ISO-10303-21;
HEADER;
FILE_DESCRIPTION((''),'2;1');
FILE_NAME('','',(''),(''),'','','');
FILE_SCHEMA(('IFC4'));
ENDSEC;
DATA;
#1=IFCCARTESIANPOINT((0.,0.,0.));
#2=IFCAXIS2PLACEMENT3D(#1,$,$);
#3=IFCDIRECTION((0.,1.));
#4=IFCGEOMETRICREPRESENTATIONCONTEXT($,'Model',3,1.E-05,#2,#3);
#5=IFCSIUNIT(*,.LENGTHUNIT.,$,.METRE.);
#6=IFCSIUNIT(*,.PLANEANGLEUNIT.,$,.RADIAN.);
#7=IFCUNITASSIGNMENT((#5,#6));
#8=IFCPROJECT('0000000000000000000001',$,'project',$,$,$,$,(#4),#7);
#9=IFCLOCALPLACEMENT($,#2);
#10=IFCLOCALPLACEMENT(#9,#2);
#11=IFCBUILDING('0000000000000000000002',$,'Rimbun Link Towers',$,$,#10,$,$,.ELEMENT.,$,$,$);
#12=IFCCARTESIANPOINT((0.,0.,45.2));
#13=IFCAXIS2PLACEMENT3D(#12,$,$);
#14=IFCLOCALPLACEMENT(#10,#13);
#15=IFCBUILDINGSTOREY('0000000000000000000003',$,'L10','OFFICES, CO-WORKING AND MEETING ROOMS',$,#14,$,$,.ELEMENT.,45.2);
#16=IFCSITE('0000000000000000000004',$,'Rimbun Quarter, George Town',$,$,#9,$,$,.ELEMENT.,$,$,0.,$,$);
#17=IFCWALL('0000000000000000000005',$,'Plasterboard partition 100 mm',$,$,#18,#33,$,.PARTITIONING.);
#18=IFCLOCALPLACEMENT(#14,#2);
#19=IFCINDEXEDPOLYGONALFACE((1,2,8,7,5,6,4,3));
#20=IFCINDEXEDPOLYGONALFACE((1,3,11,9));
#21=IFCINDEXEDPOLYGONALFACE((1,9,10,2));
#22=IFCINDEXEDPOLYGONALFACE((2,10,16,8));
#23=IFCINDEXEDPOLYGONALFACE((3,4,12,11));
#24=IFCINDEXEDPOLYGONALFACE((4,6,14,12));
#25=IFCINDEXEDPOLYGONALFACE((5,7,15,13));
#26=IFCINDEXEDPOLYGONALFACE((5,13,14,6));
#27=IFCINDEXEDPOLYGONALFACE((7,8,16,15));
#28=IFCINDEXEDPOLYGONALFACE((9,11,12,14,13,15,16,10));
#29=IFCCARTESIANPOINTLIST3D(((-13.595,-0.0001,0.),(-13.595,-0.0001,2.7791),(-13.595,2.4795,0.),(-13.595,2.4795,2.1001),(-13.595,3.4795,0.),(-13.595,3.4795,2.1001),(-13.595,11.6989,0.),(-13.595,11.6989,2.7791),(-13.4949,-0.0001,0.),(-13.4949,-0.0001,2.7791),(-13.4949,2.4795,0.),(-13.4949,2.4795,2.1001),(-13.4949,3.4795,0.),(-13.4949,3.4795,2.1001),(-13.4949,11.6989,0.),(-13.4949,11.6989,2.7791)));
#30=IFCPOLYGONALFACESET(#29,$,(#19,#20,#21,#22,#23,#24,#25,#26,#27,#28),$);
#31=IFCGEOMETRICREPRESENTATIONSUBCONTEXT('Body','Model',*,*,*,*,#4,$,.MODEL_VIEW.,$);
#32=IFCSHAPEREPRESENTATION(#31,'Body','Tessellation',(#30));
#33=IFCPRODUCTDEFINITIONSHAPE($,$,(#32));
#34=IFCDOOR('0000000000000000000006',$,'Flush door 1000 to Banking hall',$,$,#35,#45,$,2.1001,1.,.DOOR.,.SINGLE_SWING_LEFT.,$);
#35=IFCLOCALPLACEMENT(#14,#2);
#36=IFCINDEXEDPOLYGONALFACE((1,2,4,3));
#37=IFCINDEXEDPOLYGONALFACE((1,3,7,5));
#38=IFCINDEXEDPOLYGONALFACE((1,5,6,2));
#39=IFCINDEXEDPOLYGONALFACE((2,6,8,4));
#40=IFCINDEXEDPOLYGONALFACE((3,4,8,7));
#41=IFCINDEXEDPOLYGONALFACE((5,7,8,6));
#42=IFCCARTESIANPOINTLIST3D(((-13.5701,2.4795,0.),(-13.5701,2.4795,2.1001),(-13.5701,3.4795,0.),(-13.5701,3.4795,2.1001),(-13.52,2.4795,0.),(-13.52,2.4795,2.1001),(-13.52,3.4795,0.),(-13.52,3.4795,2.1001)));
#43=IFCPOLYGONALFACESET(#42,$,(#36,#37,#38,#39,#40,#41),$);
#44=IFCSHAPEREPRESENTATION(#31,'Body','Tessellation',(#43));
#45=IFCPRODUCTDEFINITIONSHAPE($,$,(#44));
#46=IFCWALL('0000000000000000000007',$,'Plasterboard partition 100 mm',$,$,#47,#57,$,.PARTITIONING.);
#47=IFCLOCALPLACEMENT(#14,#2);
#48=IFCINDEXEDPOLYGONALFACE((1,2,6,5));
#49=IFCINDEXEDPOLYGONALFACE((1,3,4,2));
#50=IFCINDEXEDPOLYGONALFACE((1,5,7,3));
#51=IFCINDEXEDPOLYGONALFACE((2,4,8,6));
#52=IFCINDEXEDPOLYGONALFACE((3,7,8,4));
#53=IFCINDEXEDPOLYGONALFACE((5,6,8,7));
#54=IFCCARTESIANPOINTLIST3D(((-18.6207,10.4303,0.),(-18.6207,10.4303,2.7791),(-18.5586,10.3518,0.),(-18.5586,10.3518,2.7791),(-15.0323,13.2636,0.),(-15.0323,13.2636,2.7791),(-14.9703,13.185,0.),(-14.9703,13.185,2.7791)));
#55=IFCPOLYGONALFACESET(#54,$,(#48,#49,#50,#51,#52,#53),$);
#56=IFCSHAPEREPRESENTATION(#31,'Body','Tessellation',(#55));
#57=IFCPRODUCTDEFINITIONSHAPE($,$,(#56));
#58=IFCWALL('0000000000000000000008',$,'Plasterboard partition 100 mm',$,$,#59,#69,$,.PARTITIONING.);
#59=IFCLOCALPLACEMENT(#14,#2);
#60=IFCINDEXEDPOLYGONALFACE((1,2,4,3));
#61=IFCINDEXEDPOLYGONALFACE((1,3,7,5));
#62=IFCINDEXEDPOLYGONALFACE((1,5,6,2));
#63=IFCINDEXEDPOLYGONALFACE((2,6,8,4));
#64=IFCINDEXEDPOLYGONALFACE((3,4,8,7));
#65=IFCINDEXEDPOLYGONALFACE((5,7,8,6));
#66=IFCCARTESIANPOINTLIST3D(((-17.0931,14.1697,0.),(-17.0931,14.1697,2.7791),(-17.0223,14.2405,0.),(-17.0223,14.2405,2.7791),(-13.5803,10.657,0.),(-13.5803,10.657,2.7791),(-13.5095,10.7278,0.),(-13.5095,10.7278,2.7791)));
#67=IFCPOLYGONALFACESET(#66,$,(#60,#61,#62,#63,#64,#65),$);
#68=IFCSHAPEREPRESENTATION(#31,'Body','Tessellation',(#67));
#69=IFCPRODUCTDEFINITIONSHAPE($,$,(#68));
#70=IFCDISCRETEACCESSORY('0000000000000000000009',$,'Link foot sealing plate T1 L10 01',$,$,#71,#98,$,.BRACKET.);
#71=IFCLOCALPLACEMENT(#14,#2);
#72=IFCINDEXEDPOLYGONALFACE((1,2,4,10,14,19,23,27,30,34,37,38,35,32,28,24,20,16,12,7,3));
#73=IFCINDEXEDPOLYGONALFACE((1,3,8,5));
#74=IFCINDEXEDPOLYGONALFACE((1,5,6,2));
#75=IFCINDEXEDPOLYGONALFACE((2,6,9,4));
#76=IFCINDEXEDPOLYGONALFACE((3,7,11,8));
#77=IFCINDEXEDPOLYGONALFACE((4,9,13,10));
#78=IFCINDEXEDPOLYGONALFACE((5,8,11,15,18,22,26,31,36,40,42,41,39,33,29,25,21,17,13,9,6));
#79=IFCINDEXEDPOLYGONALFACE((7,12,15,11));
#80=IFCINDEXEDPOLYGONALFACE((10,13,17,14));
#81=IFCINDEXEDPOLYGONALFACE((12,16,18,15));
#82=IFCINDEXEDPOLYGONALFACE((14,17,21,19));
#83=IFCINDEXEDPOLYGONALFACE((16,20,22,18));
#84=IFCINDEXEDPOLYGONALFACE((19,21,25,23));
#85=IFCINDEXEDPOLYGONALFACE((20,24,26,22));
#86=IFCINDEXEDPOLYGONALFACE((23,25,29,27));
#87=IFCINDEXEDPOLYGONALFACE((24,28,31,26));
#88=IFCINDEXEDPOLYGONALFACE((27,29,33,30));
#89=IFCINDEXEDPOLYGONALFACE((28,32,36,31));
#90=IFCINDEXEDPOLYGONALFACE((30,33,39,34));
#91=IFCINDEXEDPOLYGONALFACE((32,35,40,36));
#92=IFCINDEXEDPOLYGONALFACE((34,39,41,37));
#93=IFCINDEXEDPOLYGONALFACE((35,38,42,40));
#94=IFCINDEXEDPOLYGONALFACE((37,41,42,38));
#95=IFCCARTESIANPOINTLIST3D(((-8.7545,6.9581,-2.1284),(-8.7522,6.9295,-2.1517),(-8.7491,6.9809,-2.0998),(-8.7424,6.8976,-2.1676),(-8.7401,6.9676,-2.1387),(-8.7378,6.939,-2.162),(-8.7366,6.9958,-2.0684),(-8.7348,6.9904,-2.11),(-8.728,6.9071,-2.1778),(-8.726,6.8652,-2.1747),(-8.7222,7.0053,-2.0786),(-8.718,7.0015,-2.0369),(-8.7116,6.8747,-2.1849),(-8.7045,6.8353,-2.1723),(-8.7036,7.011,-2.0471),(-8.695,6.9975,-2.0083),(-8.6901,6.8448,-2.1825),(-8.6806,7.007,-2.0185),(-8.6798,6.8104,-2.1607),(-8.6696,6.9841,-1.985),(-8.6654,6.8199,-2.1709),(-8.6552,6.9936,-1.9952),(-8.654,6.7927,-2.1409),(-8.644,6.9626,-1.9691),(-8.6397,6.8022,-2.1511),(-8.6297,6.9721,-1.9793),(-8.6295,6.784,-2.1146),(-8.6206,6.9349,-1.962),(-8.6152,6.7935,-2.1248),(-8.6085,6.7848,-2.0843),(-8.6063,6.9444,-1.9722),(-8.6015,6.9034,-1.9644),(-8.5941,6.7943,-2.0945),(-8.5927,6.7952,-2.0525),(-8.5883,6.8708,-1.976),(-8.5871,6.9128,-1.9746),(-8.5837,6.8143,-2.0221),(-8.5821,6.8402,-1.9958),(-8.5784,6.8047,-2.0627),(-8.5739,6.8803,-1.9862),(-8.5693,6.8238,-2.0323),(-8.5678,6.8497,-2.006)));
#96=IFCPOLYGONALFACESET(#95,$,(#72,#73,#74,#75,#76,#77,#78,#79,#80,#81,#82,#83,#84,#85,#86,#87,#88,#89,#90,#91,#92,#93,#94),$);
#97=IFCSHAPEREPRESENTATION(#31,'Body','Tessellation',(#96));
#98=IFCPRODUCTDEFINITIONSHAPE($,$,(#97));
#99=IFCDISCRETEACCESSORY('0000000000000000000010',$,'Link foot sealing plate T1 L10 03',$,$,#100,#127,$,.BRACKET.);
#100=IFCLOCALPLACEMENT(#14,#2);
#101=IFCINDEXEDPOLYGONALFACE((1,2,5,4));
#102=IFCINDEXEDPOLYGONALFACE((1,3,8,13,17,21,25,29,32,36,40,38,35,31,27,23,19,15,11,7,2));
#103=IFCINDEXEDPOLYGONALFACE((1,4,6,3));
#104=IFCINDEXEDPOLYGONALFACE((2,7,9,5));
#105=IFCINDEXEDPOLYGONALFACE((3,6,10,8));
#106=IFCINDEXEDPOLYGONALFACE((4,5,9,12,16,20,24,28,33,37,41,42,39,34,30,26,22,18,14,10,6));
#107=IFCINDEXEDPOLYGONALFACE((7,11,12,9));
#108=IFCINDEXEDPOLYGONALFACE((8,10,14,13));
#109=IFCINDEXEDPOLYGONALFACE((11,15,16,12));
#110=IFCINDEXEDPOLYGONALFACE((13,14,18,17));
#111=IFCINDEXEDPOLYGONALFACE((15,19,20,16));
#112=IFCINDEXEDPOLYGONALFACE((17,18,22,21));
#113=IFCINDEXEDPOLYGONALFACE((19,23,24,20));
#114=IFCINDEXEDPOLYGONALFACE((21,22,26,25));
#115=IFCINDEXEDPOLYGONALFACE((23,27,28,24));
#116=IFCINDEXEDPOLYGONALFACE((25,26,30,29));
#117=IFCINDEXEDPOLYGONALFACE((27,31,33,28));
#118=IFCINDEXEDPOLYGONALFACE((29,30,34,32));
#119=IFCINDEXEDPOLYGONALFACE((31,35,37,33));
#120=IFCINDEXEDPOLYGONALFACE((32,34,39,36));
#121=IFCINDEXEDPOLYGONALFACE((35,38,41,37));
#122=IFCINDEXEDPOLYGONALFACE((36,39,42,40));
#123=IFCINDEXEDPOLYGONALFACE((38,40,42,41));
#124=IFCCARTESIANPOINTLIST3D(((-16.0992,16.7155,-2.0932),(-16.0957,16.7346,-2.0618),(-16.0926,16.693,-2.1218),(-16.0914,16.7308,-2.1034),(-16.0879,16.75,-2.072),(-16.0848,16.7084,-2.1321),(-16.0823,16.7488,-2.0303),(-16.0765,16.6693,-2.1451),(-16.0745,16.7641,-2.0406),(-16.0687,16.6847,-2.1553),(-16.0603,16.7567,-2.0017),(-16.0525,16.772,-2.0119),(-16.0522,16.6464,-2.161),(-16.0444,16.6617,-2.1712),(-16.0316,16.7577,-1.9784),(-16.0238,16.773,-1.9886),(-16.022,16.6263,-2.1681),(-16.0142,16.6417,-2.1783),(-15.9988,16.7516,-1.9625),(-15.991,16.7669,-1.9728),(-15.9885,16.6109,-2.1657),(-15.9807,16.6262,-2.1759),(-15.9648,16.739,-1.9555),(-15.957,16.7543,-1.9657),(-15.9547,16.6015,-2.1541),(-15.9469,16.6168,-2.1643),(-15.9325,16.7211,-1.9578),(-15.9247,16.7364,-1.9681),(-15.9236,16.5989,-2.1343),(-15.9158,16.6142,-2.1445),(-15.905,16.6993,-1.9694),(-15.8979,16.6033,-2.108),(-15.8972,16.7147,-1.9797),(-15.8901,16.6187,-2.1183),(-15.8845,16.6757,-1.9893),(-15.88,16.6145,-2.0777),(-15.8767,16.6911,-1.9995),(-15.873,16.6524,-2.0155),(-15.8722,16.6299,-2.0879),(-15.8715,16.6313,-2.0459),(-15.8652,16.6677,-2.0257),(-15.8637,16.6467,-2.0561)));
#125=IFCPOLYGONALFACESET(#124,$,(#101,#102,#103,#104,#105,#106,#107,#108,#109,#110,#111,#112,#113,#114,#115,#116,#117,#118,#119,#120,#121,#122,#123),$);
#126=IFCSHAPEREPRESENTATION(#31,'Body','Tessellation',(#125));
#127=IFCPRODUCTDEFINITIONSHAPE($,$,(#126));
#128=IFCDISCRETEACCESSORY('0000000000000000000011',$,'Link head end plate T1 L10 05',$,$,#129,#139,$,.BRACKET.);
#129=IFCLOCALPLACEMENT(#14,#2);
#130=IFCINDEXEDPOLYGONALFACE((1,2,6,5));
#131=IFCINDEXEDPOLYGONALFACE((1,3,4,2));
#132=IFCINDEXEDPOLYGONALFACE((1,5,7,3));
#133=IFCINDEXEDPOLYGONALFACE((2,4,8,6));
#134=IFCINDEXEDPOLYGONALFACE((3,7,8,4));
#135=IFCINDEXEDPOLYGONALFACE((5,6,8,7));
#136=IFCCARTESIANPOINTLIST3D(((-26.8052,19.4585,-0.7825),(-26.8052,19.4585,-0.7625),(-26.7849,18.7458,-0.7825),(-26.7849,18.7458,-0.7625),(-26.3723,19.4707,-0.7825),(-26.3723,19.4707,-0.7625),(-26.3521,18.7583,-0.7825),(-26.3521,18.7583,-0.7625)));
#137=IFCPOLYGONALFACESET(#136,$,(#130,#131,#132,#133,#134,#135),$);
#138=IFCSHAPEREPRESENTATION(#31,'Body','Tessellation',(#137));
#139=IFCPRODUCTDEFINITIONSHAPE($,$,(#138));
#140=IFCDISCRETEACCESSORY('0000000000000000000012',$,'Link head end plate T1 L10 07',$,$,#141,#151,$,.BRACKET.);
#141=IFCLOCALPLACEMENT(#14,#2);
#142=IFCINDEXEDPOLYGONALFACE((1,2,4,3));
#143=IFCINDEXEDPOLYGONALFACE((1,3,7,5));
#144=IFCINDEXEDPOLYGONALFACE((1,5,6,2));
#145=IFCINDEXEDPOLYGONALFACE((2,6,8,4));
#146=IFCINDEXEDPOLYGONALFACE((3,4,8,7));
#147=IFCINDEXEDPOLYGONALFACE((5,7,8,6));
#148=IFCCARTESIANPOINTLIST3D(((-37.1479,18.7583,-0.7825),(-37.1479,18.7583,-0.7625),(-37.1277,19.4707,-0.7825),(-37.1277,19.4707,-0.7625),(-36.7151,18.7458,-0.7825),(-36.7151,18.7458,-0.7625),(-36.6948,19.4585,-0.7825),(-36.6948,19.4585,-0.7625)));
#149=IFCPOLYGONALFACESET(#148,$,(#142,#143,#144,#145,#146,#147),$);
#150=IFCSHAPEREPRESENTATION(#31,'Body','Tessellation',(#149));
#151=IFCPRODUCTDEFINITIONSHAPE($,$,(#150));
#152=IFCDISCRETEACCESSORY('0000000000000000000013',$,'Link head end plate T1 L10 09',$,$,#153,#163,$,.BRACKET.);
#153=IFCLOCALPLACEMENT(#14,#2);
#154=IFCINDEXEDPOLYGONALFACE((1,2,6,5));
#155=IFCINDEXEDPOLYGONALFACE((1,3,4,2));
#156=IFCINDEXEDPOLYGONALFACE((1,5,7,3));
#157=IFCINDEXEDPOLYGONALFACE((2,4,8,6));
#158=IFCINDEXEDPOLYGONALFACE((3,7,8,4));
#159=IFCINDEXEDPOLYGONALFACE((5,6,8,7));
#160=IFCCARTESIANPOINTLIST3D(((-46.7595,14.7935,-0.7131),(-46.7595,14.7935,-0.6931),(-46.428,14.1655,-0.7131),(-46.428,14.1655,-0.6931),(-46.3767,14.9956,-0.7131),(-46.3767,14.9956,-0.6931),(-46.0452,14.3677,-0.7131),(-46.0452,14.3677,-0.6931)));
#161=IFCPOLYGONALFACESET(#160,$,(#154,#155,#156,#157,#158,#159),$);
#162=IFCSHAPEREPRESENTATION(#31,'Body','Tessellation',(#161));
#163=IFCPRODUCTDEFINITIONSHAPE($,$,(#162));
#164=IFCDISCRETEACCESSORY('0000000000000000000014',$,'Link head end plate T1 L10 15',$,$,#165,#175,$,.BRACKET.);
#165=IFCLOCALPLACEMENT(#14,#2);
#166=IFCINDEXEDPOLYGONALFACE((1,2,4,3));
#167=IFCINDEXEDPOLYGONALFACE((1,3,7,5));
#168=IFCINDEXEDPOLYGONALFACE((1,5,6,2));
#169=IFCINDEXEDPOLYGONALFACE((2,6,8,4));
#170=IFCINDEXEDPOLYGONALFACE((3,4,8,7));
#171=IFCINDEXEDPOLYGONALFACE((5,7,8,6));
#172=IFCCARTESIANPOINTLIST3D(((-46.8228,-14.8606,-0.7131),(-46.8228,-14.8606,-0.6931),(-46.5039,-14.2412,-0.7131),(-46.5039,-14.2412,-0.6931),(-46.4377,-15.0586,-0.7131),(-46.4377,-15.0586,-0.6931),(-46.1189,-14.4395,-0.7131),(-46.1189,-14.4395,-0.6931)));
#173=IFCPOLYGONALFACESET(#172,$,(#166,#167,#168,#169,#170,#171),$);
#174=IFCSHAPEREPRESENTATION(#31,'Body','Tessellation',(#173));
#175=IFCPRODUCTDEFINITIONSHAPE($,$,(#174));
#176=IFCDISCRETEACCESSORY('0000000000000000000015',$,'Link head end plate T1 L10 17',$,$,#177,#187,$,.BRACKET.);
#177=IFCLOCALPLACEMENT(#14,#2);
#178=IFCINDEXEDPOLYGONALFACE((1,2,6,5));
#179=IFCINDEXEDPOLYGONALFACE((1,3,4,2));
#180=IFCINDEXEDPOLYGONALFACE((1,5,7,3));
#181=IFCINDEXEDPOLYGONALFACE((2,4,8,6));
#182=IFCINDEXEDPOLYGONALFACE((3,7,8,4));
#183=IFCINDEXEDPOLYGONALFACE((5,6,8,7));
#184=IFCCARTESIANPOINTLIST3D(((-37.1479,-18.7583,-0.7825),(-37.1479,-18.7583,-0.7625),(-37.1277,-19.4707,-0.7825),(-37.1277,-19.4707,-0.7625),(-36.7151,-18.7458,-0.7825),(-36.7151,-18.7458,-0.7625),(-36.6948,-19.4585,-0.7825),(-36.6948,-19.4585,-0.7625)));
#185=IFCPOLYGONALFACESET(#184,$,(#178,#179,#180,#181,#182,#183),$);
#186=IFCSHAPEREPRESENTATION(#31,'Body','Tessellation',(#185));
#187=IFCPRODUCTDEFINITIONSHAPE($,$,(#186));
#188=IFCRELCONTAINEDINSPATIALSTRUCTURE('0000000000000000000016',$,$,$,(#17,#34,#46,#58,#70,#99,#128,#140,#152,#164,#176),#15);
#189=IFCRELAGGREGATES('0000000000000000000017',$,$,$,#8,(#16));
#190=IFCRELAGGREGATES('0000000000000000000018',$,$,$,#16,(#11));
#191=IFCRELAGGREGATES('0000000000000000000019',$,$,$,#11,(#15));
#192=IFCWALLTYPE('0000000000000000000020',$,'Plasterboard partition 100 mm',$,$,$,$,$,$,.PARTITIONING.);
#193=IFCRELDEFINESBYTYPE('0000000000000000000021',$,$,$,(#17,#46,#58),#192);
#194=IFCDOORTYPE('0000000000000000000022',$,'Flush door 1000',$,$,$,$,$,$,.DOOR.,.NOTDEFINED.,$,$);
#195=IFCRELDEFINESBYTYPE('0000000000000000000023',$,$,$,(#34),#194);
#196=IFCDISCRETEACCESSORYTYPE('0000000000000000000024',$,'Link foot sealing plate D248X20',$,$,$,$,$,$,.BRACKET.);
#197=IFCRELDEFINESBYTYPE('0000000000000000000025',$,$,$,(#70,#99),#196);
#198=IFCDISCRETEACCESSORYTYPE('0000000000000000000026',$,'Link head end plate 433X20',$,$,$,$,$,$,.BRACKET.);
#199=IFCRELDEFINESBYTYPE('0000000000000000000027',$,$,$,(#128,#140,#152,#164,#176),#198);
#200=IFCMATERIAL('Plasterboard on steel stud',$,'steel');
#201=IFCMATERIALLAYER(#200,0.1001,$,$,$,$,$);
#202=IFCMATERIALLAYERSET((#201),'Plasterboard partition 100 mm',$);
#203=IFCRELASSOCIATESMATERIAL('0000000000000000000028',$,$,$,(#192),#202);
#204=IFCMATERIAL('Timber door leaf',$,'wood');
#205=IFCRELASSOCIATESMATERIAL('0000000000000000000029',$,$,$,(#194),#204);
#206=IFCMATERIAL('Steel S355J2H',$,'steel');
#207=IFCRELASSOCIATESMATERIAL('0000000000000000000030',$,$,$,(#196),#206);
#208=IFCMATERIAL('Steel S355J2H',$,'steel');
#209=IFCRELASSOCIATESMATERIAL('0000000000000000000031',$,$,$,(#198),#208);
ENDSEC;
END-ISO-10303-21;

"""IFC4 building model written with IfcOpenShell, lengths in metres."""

from ifc_helpers import new_model, si_unit, direction, frame, frame_2d, origin, origin_2d, place, context, subcontext, project, spatial, polyline, rectangle, circle, outline, extrude, material, layer, layer_set, material_profile, profile_set, type_object, element, fill, save


model = new_model("IFC4")

# Units and contexts
model_context = context("Model", 3, precision=1e-05, world=origin(), true_north=direction((0.0, 1.0)))
body_context = subcontext(model_context, "Body", "Model", "MODEL_VIEW")
ifc_project = project(units=[si_unit("LENGTHUNIT", "METRE"), si_unit("PLANEANGLEUNIT", "RADIAN")], contexts=[model_context])

# Site, building, storey
site_placement = place(None, origin())
site = spatial("IfcSite", under=ifc_project, at=site_placement, Name="Rimbun Quarter, George Town", CompositionType="ELEMENT", RefElevation=0.0)
building_placement = place(site_placement, origin())
building = spatial("IfcBuilding", under=site, at=building_placement, Name="Rimbun Link Towers", CompositionType="ELEMENT")
storey_placement = place(building_placement, frame((0.0, 0.0, 45.2)))
storey = spatial("IfcBuildingStorey", under=building, at=storey_placement, Name="L10", Description="OFFICES, CO-WORKING AND MEETING ROOMS", CompositionType="ELEMENT", Elevation=45.2)

# Wall, opening, door
ifc_material_1 = material(Name="Plasterboard on steel stud", Category="steel")
ifc_layer_1 = layer(ifc_material_1, 0.1001)
ifc_layer_set_1 = layer_set([ifc_layer_1], Name="Plasterboard partition 100 mm")
wall_type = type_object("IfcWallType", Name="Plasterboard partition 100 mm", PredefinedType="PARTITIONING", material=ifc_layer_set_1)
wall_1_placement = place(storey_placement, frame((-13.5449, 11.699, 0.0), z_axis=(0.0, 0.0, 1.0), x_axis=(0.0, -1.0, 0.0)))
wall_1 = element("IfcWall", 1, at=wall_1_placement, inside=storey, type_object=wall_type, Name="Plasterboard partition 100 mm", PredefinedType="PARTITIONING", context=body_context, shape_type="SweptSolid", body=[
    extrude(rectangle(XDim=11.699, YDim=0.1001, at=frame_2d((5.8496, 0.0))), origin(), (0.0, 0.0, 1.0), 2.7791),
])
opening_placement = place(wall_1_placement, frame((8.2195, 0.0, 0.0)))
opening = element("IfcOpeningElement", 2, at=opening_placement, cuts=wall_1, PredefinedType="OPENING", context=body_context, shape_type="SweptSolid", body=[
    extrude(rectangle(XDim=1.0, YDim=2.1001, at=frame_2d((0.5, 1.05))), frame((0.0, 0.0601, 0.0), z_axis=(0.0, -1.0, 0.0), x_axis=(1.0, 0.0, 0.0)), (0.0, 0.0, 1.0), 0.1201),
])
ifc_material_2 = material(Name="Timber door leaf", Category="wood")
door_type = type_object("IfcDoorType", Name="Flush door 1000", OperationType="NOTDEFINED", PredefinedType="DOOR", material=ifc_material_2)
door_placement = place(opening_placement, origin())
door = element("IfcDoor", 3, at=door_placement, inside=storey, type_object=door_type, Name="Flush door 1000 to Banking hall", OperationType="SINGLE_SWING_LEFT", OverallHeight=2.1001, OverallWidth=1.0, PredefinedType="DOOR", context=body_context, shape_type="SweptSolid", body=[
    extrude(rectangle(XDim=1.0, YDim=2.1001, at=frame_2d((0.5, 1.05))), frame((0.0, 0.0249, 0.0), z_axis=(0.0, -1.0, 0.0), x_axis=(1.0, 0.0, 0.0)), (0.0, 0.0, 1.0), 0.05),
])
fill(opening, door)

# Walls
wall_2_placement = place(storey_placement, frame((-15.0012, 13.2244, 0.0), z_axis=(0.0, 0.0, 1.0), x_axis=(-0.784849, -0.619688, 0.0)))
element("IfcWall", 4, at=wall_2_placement, inside=storey, type_object=wall_type, Name="Plasterboard partition 100 mm", PredefinedType="PARTITIONING", context=body_context, shape_type="SweptSolid", body=[
    extrude(rectangle(XDim=4.572, YDim=0.1001, at=frame_2d((2.2861, 0.0))), origin(), (0.0, 0.0, 1.0), 2.7791),
])
wall_3_placement = place(storey_placement, frame((-13.5449, 10.6924, 0.0), z_axis=(0.0, 0.0, 1.0), x_axis=(-0.707107, 0.707107, 0.0)))
element("IfcWall", 5, at=wall_3_placement, inside=storey, type_object=wall_type, Name="Plasterboard partition 100 mm", PredefinedType="PARTITIONING", context=body_context, shape_type="SweptSolid", body=[
    extrude(rectangle(XDim=4.9678, YDim=0.1001, at=frame_2d((2.4839, 0.0))), origin(), (0.0, 0.0, 1.0), 2.7791),
])

# Discrete accessories
ifc_material_3 = material(Name="Steel S355J2H", Category="steel")
ifc_material_profile_1 = material_profile(ifc_material_3, circle(Radius=0.124, at=origin_2d()), Name="PL D248")
ifc_profile_set_1 = profile_set([ifc_material_profile_1], Name="Steel S355J2H")
discrete_accessory_type_1 = type_object("IfcDiscreteAccessoryType", Name="Link foot sealing plate D248X20", PredefinedType="BRACKET", material=ifc_profile_set_1)
for number, where, z_axis, x_axis, name in (
    (6, (-8.6682, 6.8923, -2.0684), (0.717276, 0.474131, -0.510603), (-0.551433, 0.834219, 0.0), "Link foot sealing plate T1 L10 01"),
    (7, (-15.9851, 16.6785, -2.0618), (0.38929, 0.766414, -0.510943), (-0.891579, 0.452865, 0.0), "Link foot sealing plate T1 L10 03"),
):
    element("IfcDiscreteAccessory", number, at=place(storey_placement, frame(where, z_axis=z_axis, x_axis=x_axis)), inside=storey, type_object=discrete_accessory_type_1, Name=name, PredefinedType="BRACKET", context=body_context, shape_type="SweptSolid", body=[
        extrude(circle(Radius=0.124, at=origin_2d()), origin(), (0.0, 0.0, 1.0), 0.02),
    ])
ifc_material_4 = material(Name="Steel S355J2H", Category="steel")
ifc_material_profile_2 = material_profile(ifc_material_4, rectangle(XDim=0.4331, YDim=0.4331, at=origin_2d()), Name="PL 433x433")
ifc_profile_set_2 = profile_set([ifc_material_profile_2], Name="Steel S355J2H")
discrete_accessory_type_2 = type_object("IfcDiscreteAccessoryType", Name="Link head end plate 433X20", PredefinedType="BRACKET", material=ifc_profile_set_2)
discrete_accessory_1_placement = place(storey_placement, frame((0.0, 0.0, -0.7825)))
element("IfcDiscreteAccessory", 8, at=discrete_accessory_1_placement, inside=storey, type_object=discrete_accessory_type_2, Name="Link head end plate T1 L10 05", PredefinedType="BRACKET", context=body_context, shape_type="SweptSolid", body=[
    extrude(outline(polyline([(-26.3521, 18.7583), (-26.3723, 19.4707), (-26.8052, 19.4585), (-26.7849, 18.7458), (-26.3521, 18.7583)])), origin(), (0.0, 0.0, 1.0), 0.02),
])
discrete_accessory_2_placement = place(storey_placement, frame((0.0, 0.0, -0.7825)))
element("IfcDiscreteAccessory", 9, at=discrete_accessory_2_placement, inside=storey, type_object=discrete_accessory_type_2, Name="Link head end plate T1 L10 07", PredefinedType="BRACKET", context=body_context, shape_type="SweptSolid", body=[
    extrude(outline(polyline([(-36.7151, 18.7458), (-36.6948, 19.4585), (-37.1277, 19.4707), (-37.1479, 18.7583), (-36.7151, 18.7458)])), origin(), (0.0, 0.0, 1.0), 0.02),
])
discrete_accessory_3_placement = place(storey_placement, frame((0.0, 0.0, -0.7131)))
element("IfcDiscreteAccessory", 10, at=discrete_accessory_3_placement, inside=storey, type_object=discrete_accessory_type_2, Name="Link head end plate T1 L10 09", PredefinedType="BRACKET", context=body_context, shape_type="SweptSolid", body=[
    extrude(outline(polyline([(-46.0452, 14.3677), (-46.3767, 14.9956), (-46.7595, 14.7935), (-46.428, 14.1655), (-46.0452, 14.3677)])), origin(), (0.0, 0.0, 1.0), 0.02),
])
discrete_accessory_4_placement = place(storey_placement, frame((0.0, 0.0, -0.7131)))
element("IfcDiscreteAccessory", 11, at=discrete_accessory_4_placement, inside=storey, type_object=discrete_accessory_type_2, Name="Link head end plate T1 L10 15", PredefinedType="BRACKET", context=body_context, shape_type="SweptSolid", body=[
    extrude(outline(polyline([(-46.5039, -14.2412), (-46.8228, -14.8606), (-46.4377, -15.0586), (-46.1189, -14.4395), (-46.5039, -14.2412)])), origin(), (0.0, 0.0, 1.0), 0.02),
])
discrete_accessory_5_placement = place(storey_placement, frame((0.0, 0.0, -0.7825)))
element("IfcDiscreteAccessory", 12, at=discrete_accessory_5_placement, inside=storey, type_object=discrete_accessory_type_2, Name="Link head end plate T1 L10 17", PredefinedType="BRACKET", context=body_context, shape_type="SweptSolid", body=[
    extrude(outline(polyline([(-37.1479, -18.7583), (-37.1277, -19.4707), (-36.6948, -19.4585), (-36.7151, -18.7458), (-37.1479, -18.7583)])), origin(), (0.0, 0.0, 1.0), 0.02),
])

save(model, "model.ifc")
